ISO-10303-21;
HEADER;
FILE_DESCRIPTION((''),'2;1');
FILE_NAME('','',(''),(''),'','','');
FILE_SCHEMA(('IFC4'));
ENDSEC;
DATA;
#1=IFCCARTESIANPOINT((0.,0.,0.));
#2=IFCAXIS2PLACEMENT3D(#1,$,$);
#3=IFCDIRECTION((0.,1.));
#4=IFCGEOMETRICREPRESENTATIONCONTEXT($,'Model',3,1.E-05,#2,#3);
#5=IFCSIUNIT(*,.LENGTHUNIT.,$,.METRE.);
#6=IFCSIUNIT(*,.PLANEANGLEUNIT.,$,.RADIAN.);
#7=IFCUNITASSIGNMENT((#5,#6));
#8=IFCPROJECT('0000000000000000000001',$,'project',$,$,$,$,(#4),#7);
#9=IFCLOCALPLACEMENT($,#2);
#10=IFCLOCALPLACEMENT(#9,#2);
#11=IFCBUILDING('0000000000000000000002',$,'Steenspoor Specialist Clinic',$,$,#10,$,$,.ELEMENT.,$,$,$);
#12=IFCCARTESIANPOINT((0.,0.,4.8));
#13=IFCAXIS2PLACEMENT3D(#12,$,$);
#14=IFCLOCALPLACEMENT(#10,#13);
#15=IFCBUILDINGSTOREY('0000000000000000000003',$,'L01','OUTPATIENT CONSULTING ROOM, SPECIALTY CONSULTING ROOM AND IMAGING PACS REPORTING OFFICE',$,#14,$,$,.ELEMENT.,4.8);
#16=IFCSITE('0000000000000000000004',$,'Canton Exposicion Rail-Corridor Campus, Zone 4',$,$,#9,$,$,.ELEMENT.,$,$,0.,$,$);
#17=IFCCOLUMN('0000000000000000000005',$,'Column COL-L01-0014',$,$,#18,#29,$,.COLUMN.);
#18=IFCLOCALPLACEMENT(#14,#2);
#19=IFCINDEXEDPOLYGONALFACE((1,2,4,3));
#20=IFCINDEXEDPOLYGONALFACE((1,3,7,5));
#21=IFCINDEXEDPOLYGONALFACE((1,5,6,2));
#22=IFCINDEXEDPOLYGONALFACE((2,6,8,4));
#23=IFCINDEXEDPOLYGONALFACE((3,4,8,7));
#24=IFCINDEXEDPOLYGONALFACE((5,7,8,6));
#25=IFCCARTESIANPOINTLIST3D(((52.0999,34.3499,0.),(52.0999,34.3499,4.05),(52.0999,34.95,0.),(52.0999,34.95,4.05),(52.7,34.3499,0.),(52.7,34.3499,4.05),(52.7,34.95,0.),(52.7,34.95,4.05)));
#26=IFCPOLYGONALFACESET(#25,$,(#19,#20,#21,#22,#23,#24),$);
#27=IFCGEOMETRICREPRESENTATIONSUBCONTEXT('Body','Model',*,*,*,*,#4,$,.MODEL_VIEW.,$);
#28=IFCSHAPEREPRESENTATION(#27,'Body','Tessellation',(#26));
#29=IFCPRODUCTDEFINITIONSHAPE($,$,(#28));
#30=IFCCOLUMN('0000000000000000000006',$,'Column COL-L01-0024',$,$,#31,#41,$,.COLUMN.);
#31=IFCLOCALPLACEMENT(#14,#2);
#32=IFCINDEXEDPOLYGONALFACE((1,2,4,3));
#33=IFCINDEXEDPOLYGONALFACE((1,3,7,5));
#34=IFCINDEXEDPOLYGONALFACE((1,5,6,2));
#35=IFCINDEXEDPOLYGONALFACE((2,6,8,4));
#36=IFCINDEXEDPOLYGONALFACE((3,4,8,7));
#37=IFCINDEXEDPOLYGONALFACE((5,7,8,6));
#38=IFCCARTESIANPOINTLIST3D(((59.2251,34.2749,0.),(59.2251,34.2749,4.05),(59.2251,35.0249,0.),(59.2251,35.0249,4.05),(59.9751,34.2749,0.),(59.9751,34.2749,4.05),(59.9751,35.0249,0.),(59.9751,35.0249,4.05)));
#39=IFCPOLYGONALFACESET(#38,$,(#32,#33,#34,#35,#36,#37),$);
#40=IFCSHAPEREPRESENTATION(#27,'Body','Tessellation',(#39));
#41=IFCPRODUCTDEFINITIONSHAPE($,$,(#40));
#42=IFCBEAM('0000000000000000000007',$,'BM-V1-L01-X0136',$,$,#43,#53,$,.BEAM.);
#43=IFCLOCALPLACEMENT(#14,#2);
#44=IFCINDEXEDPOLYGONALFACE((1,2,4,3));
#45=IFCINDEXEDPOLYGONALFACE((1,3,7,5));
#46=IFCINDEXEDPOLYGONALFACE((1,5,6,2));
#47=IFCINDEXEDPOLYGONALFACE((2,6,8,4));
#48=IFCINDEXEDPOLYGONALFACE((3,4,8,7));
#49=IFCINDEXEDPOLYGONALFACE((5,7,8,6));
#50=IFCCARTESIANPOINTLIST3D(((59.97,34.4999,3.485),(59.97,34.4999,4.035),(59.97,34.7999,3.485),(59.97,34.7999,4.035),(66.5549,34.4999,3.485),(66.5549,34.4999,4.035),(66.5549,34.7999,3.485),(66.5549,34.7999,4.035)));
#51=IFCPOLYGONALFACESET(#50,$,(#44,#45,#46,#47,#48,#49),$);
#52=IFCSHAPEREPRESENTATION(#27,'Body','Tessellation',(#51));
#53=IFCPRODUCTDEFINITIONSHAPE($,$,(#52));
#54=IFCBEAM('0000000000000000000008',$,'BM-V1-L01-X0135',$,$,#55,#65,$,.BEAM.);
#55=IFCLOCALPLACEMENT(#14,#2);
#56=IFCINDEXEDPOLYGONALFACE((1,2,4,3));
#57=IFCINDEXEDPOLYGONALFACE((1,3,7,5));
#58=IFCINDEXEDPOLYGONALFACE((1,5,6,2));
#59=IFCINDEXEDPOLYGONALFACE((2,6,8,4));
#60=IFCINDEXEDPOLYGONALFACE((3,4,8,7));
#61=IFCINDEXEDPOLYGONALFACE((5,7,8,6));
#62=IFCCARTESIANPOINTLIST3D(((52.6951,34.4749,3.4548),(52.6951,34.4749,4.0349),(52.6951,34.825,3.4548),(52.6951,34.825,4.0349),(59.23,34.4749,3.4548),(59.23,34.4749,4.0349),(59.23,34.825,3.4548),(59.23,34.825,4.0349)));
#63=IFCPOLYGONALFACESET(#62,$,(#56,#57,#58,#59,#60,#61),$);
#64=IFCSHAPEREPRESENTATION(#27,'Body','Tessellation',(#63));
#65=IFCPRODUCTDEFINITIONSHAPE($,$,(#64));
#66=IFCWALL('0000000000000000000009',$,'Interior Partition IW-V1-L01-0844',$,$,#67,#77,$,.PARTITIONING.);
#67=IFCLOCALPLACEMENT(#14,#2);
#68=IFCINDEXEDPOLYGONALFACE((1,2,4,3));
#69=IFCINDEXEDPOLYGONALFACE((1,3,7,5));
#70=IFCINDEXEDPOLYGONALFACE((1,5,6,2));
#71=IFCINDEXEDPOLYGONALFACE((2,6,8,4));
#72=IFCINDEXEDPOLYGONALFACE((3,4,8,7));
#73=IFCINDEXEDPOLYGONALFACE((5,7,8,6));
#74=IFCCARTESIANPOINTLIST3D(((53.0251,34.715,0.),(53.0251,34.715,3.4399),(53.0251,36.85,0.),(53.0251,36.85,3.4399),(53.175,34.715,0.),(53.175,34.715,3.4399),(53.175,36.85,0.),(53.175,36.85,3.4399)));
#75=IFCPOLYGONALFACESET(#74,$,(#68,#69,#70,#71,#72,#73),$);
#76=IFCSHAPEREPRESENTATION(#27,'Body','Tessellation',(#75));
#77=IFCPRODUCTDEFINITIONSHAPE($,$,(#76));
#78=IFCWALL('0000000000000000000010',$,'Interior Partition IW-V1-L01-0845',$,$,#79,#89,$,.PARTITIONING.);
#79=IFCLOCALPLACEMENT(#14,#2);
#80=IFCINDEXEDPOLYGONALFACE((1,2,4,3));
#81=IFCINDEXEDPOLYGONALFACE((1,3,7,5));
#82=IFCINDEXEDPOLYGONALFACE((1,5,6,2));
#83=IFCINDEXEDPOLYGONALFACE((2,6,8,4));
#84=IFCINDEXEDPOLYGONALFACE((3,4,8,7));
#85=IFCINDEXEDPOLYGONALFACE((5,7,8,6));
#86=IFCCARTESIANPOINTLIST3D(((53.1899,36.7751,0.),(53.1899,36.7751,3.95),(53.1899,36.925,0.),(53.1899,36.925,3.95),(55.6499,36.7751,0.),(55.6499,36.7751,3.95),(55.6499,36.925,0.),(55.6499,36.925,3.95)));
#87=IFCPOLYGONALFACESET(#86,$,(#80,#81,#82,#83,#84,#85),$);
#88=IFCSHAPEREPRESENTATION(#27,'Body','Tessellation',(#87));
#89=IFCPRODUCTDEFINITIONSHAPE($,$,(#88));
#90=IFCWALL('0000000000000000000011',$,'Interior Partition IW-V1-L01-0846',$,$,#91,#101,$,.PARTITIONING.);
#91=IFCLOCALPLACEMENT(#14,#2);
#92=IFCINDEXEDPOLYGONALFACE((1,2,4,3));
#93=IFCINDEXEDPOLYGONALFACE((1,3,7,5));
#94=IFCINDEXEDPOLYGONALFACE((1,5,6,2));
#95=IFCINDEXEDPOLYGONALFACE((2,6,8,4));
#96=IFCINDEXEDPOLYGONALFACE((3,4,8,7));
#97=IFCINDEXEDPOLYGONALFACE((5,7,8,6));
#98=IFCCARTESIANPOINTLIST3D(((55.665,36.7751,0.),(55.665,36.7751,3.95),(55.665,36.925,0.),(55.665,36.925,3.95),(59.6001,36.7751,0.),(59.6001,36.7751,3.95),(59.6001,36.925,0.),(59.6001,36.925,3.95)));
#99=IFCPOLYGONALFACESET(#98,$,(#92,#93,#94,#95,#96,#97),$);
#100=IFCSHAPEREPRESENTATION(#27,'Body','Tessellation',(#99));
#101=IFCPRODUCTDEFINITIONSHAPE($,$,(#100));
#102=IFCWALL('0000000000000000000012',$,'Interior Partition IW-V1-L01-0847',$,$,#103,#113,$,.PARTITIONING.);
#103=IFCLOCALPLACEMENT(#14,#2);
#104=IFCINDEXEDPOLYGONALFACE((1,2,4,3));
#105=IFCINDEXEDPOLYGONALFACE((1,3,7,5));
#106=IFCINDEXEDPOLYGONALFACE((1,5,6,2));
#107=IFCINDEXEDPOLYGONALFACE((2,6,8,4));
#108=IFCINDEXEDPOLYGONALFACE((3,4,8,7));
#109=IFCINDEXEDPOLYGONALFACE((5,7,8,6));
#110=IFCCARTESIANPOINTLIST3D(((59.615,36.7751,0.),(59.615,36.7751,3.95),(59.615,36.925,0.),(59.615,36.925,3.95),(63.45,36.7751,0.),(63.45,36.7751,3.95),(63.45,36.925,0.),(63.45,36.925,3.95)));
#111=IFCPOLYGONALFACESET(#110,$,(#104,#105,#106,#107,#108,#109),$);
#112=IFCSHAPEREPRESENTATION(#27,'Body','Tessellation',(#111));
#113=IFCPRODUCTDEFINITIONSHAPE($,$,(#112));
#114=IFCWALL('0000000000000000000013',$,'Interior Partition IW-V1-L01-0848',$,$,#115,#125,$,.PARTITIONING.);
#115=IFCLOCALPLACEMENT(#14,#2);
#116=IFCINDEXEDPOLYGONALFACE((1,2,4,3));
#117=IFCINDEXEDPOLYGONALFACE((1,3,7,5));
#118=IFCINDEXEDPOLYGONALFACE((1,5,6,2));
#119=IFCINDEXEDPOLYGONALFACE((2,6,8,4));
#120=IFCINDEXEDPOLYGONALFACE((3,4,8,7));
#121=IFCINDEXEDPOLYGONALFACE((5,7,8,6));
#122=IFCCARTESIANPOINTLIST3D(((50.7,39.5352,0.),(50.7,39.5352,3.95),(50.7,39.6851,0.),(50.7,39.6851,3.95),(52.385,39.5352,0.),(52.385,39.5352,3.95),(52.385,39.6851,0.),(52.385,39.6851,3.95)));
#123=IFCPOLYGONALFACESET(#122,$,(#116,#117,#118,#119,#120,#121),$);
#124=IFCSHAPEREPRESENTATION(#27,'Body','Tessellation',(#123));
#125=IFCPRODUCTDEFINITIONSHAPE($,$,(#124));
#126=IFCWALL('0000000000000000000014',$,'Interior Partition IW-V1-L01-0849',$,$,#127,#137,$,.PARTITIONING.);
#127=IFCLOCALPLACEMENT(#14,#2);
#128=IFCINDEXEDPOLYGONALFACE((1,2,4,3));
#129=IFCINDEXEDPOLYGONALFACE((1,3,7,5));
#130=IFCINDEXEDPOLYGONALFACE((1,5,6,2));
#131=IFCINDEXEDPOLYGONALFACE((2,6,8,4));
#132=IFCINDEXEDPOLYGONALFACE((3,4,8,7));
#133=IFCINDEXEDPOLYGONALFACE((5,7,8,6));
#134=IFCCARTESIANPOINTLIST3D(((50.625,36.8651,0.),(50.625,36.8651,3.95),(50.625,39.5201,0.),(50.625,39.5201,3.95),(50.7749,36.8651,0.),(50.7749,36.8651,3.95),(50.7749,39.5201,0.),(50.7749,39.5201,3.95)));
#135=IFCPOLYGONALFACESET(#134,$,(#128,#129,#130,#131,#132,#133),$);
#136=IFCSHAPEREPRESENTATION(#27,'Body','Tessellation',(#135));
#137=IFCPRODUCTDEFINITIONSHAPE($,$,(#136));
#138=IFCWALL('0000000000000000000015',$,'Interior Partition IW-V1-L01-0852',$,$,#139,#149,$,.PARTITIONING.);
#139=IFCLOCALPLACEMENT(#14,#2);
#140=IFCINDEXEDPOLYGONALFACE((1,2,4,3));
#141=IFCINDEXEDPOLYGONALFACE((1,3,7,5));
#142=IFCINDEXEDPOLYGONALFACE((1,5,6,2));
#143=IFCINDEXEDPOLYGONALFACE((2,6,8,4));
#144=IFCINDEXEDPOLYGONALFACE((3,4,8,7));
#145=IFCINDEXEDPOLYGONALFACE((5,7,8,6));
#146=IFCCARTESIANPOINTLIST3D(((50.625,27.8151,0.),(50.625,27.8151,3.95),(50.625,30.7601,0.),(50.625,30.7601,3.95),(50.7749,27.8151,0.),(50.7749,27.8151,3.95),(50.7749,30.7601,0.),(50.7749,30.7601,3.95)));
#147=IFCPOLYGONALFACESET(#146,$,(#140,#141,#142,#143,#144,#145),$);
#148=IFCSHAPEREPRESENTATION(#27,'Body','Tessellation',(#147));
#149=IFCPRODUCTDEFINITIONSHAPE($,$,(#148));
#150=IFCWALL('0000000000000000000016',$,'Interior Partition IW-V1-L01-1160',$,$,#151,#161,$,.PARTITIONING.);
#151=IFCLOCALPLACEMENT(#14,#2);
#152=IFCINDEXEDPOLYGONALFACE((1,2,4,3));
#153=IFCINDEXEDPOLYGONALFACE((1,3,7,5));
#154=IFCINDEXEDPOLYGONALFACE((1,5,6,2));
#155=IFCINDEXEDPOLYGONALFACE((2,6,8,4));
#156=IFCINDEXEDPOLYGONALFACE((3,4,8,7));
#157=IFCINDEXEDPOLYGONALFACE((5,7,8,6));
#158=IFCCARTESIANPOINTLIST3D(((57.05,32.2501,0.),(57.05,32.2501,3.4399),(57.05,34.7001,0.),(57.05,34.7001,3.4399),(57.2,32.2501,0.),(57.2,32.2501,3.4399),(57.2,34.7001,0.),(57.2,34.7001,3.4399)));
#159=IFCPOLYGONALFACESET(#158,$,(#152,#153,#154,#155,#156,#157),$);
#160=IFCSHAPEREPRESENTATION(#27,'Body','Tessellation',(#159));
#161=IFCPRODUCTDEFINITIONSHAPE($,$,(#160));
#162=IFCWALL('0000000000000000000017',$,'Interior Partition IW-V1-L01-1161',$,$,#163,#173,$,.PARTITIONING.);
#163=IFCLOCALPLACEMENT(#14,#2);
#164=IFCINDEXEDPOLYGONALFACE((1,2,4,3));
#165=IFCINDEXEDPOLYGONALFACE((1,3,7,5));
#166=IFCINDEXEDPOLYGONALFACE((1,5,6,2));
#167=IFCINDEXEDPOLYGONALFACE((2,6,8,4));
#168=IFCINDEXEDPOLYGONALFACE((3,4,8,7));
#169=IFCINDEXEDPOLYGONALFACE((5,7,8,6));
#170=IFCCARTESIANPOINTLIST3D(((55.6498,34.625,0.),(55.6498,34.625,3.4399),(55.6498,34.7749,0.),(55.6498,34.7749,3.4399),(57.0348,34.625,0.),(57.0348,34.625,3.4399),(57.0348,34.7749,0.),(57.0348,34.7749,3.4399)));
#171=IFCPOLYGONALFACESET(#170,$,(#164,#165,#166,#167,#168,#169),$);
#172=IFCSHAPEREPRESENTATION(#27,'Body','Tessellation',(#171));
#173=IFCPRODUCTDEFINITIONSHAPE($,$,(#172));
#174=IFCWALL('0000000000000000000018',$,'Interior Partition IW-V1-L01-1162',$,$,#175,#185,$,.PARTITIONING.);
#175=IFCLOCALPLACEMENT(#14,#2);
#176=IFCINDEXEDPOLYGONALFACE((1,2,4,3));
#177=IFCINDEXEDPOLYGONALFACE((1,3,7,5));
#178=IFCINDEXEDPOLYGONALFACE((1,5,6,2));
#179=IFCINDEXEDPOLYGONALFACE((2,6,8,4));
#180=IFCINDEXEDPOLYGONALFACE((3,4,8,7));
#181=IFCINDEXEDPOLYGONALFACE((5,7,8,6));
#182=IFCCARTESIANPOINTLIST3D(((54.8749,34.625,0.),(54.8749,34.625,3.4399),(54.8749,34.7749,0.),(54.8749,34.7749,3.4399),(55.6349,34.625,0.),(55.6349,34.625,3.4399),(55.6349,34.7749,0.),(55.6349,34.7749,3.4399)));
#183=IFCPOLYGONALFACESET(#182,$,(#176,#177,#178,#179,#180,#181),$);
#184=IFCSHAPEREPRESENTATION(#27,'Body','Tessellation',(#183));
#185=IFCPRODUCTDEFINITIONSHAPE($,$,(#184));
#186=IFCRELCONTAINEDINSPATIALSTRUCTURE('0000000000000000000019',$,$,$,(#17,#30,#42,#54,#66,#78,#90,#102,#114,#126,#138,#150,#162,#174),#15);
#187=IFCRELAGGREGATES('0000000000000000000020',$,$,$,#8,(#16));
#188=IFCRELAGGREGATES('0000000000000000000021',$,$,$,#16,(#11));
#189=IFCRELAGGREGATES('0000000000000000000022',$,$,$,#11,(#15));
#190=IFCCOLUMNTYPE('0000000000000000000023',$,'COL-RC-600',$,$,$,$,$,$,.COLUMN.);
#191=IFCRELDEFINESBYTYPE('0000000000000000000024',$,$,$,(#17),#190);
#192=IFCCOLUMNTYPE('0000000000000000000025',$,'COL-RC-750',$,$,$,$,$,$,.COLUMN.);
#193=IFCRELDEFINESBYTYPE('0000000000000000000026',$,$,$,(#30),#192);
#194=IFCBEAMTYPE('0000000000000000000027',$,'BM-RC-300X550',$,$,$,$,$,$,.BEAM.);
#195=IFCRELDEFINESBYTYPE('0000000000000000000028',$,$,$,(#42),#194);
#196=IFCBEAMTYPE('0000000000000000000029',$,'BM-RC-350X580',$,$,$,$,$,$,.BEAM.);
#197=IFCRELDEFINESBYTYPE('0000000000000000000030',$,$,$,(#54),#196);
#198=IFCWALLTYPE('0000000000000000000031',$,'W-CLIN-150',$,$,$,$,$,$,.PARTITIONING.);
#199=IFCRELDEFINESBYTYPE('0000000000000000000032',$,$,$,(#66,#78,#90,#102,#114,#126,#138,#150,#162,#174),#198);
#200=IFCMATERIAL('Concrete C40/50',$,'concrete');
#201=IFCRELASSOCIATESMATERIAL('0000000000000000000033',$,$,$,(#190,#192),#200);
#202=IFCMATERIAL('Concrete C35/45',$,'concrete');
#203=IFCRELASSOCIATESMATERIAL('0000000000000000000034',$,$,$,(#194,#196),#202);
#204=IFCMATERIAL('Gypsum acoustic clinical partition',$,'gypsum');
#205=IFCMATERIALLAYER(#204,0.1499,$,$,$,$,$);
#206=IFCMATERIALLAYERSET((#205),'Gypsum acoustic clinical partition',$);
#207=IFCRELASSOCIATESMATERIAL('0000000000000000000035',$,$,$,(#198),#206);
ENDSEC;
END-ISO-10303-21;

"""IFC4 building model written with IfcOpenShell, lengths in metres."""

from ifc_helpers import new_model, si_unit, direction, frame, frame_2d, origin, origin_2d, place, context, subcontext, project, spatial, rectangle, extrude, material, layer, layer_set, material_profile, profile_set, type_object, element, save


model = new_model("IFC4")

# Units and contexts
model_context = context("Model", 3, precision=1e-05, world=origin(), true_north=direction((0.0, 1.0)))
body_context = subcontext(model_context, "Body", "Model", "MODEL_VIEW")
ifc_project = project(units=[si_unit("LENGTHUNIT", "METRE"), si_unit("PLANEANGLEUNIT", "RADIAN")], contexts=[model_context])

# Site, building, storey
site_placement = place(None, origin())
site = spatial("IfcSite", under=ifc_project, at=site_placement, Name="Canton Exposicion Rail-Corridor Campus, Zone 4", CompositionType="ELEMENT", RefElevation=0.0)
building_placement = place(site_placement, origin())
building = spatial("IfcBuilding", under=site, at=building_placement, Name="Steenspoor Specialist Clinic", CompositionType="ELEMENT")
storey_placement = place(building_placement, frame((0.0, 0.0, 4.8)))
storey = spatial("IfcBuildingStorey", under=building, at=storey_placement, Name="L01", Description="OUTPATIENT CONSULTING ROOM, SPECIALTY CONSULTING ROOM AND IMAGING PACS REPORTING OFFICE", CompositionType="ELEMENT", Elevation=4.8)

# Columns
ifc_material_1 = material(Name="Concrete C40/50", Category="concrete")
ifc_material_profile_1 = material_profile(ifc_material_1, rectangle(XDim=0.6001, YDim=0.6001, at=origin_2d()), Name="RC-COL-600X600")
ifc_profile_set_1 = profile_set([ifc_material_profile_1], Name="Concrete C40/50")
column_type_1 = type_object("IfcColumnType", Name="COL-RC-600", PredefinedType="COLUMN", material=ifc_profile_set_1)
column_1_placement = place(storey_placement, frame((52.3999, 34.6499, 0.0), z_axis=(0.0, 0.0, 1.0), x_axis=(1.0, 0.0, 0.0)))
element("IfcColumn", 1, at=column_1_placement, inside=storey, type_object=column_type_1, Name="Column COL-L01-0014", PredefinedType="COLUMN", context=body_context, shape_type="SweptSolid", body=[
    extrude(rectangle(XDim=0.6001, YDim=0.6001, at=origin_2d()), origin(), (0.0, 0.0, 1.0), 4.05),
])
ifc_material_profile_2 = material_profile(ifc_material_1, rectangle(XDim=0.75, YDim=0.75, at=origin_2d()), Name="RC-COL-750X750")
ifc_profile_set_2 = profile_set([ifc_material_profile_2], Name="Concrete C40/50")
column_type_2 = type_object("IfcColumnType", Name="COL-RC-750", PredefinedType="COLUMN", material=ifc_profile_set_2)
column_2_placement = place(storey_placement, frame((59.6001, 34.6499, 0.0), z_axis=(0.0, 0.0, 1.0), x_axis=(1.0, 0.0, 0.0)))
element("IfcColumn", 2, at=column_2_placement, inside=storey, type_object=column_type_2, Name="Column COL-L01-0024", PredefinedType="COLUMN", context=body_context, shape_type="SweptSolid", body=[
    extrude(rectangle(XDim=0.75, YDim=0.75, at=origin_2d()), origin(), (0.0, 0.0, 1.0), 4.05),
])

# Beams
ifc_material_2 = material(Name="Concrete C35/45", Category="concrete")
ifc_material_profile_3 = material_profile(ifc_material_2, rectangle(XDim=0.3, YDim=0.55, at=origin_2d()), Name="RC-BM-300X550")
ifc_profile_set_3 = profile_set([ifc_material_profile_3], Name="Concrete C35/45")
beam_type_1 = type_object("IfcBeamType", Name="BM-RC-300X550", PredefinedType="BEAM", material=ifc_profile_set_3)
beam_1_placement = place(storey_placement, frame((59.97, 34.6499, 3.76), z_axis=(1.0, 0.0, 0.0), x_axis=(0.0, 1.0, 0.0)))
element("IfcBeam", 3, at=beam_1_placement, inside=storey, type_object=beam_type_1, Name="BM-V1-L01-X0136", PredefinedType="BEAM", context=body_context, shape_type="SweptSolid", body=[
    extrude(rectangle(XDim=0.3, YDim=0.55, at=origin_2d()), origin(), (0.0, 0.0, 1.0), 6.585),
])
ifc_material_profile_4 = material_profile(ifc_material_2, rectangle(XDim=0.3501, YDim=0.5801, at=origin_2d()), Name="RC-BM-350X580")
ifc_profile_set_4 = profile_set([ifc_material_profile_4], Name="Concrete C35/45")
beam_type_2 = type_object("IfcBeamType", Name="BM-RC-350X580", PredefinedType="BEAM", material=ifc_profile_set_4)
beam_2_placement = place(storey_placement, frame((52.6951, 34.6499, 3.7449), z_axis=(1.0, 0.0, 0.0), x_axis=(0.0, 1.0, 0.0)))
element("IfcBeam", 4, at=beam_2_placement, inside=storey, type_object=beam_type_2, Name="BM-V1-L01-X0135", PredefinedType="BEAM", context=body_context, shape_type="SweptSolid", body=[
    extrude(rectangle(XDim=0.3501, YDim=0.5801, at=origin_2d()), origin(), (0.0, 0.0, 1.0), 6.5349),
])

# Walls
ifc_material_3 = material(Name="Gypsum acoustic clinical partition", Category="gypsum")
ifc_layer_1 = layer(ifc_material_3, 0.1499)
ifc_layer_set_1 = layer_set([ifc_layer_1], Name="Gypsum acoustic clinical partition")
wall_type_1 = type_object("IfcWallType", Name="W-CLIN-150", PredefinedType="PARTITIONING", material=ifc_layer_set_1)
wall_1_placement = place(storey_placement, frame((53.1001, 34.7151, 0.0), z_axis=(0.0, 0.0, 1.0), x_axis=(0.0, 1.0, 0.0)))
element("IfcWall", 5, at=wall_1_placement, inside=storey, type_object=wall_type_1, Name="Interior Partition IW-V1-L01-0844", PredefinedType="PARTITIONING", context=body_context, shape_type="SweptSolid", body=[
    extrude(rectangle(XDim=2.135, YDim=0.1499, at=frame_2d((1.0674, 0.0))), origin(), (0.0, 0.0, 1.0), 3.4399),
])
wall_2_placement = place(storey_placement, frame((53.1899, 36.8501, 0.0), z_axis=(0.0, 0.0, 1.0), x_axis=(1.0, 0.0, 0.0)))
element("IfcWall", 6, at=wall_2_placement, inside=storey, type_object=wall_type_1, Name="Interior Partition IW-V1-L01-0845", PredefinedType="PARTITIONING", context=body_context, shape_type="SweptSolid", body=[
    extrude(rectangle(XDim=2.46, YDim=0.1499, at=frame_2d((1.23, 0.0))), origin(), (0.0, 0.0, 1.0), 3.95),
])
wall_3_placement = place(storey_placement, frame((55.665, 36.8501, 0.0), z_axis=(0.0, 0.0, 1.0), x_axis=(1.0, 0.0, 0.0)))
element("IfcWall", 7, at=wall_3_placement, inside=storey, type_object=wall_type_1, Name="Interior Partition IW-V1-L01-0846", PredefinedType="PARTITIONING", context=body_context, shape_type="SweptSolid", body=[
    extrude(rectangle(XDim=3.9351, YDim=0.1499, at=frame_2d((1.9675, 0.0))), origin(), (0.0, 0.0, 1.0), 3.95),
])
wall_4_placement = place(storey_placement, frame((59.615, 36.8501, 0.0), z_axis=(0.0, 0.0, 1.0), x_axis=(1.0, 0.0, 0.0)))
element("IfcWall", 8, at=wall_4_placement, inside=storey, type_object=wall_type_1, Name="Interior Partition IW-V1-L01-0847", PredefinedType="PARTITIONING", context=body_context, shape_type="SweptSolid", body=[
    extrude(rectangle(XDim=3.835, YDim=0.1499, at=frame_2d((1.9175, 0.0))), origin(), (0.0, 0.0, 1.0), 3.95),
])
wall_5_placement = place(storey_placement, frame((50.7, 39.6101, 0.0), z_axis=(0.0, 0.0, 1.0), x_axis=(1.0, 0.0, 0.0)))
element("IfcWall", 9, at=wall_5_placement, inside=storey, type_object=wall_type_1, Name="Interior Partition IW-V1-L01-0848", PredefinedType="PARTITIONING", context=body_context, shape_type="SweptSolid", body=[
    extrude(rectangle(XDim=1.6851, YDim=0.1499, at=frame_2d((0.8425, 0.0))), origin(), (0.0, 0.0, 1.0), 3.95),
])
wall_6_placement = place(storey_placement, frame((50.7, 36.865, 0.0), z_axis=(0.0, 0.0, 1.0), x_axis=(0.0, 1.0, 0.0)))
element("IfcWall", 10, at=wall_6_placement, inside=storey, type_object=wall_type_1, Name="Interior Partition IW-V1-L01-0849", PredefinedType="PARTITIONING", context=body_context, shape_type="SweptSolid", body=[
    extrude(rectangle(XDim=2.655, YDim=0.1499, at=frame_2d((1.3276, 0.0))), origin(), (0.0, 0.0, 1.0), 3.95),
])
wall_7_placement = place(storey_placement, frame((50.7, 27.8149, 0.0), z_axis=(0.0, 0.0, 1.0), x_axis=(0.0, 1.0, 0.0)))
element("IfcWall", 11, at=wall_7_placement, inside=storey, type_object=wall_type_1, Name="Interior Partition IW-V1-L01-0852", PredefinedType="PARTITIONING", context=body_context, shape_type="SweptSolid", body=[
    extrude(rectangle(XDim=2.9451, YDim=0.1499, at=frame_2d((1.4727, 0.0))), origin(), (0.0, 0.0, 1.0), 3.95),
])
wall_8_placement = place(storey_placement, frame((57.125, 32.25, 0.0), z_axis=(0.0, 0.0, 1.0), x_axis=(0.0, 1.0, 0.0)))
element("IfcWall", 12, at=wall_8_placement, inside=storey, type_object=wall_type_1, Name="Interior Partition IW-V1-L01-1160", PredefinedType="PARTITIONING", context=body_context, shape_type="SweptSolid", body=[
    extrude(rectangle(XDim=2.45, YDim=0.1499, at=frame_2d((1.2251, 0.0))), origin(), (0.0, 0.0, 1.0), 3.4399),
])
wall_9_placement = place(storey_placement, frame((55.6499, 34.7, 0.0), z_axis=(0.0, 0.0, 1.0), x_axis=(1.0, 0.0, 0.0)))
element("IfcWall", 13, at=wall_9_placement, inside=storey, type_object=wall_type_1, Name="Interior Partition IW-V1-L01-1161", PredefinedType="PARTITIONING", context=body_context, shape_type="SweptSolid", body=[
    extrude(rectangle(XDim=1.385, YDim=0.1499, at=frame_2d((0.6924, 0.0))), origin(), (0.0, 0.0, 1.0), 3.4399),
])
wall_10_placement = place(storey_placement, frame((54.875, 34.7, 0.0), z_axis=(0.0, 0.0, 1.0), x_axis=(1.0, 0.0, 0.0)))
element("IfcWall", 14, at=wall_10_placement, inside=storey, type_object=wall_type_1, Name="Interior Partition IW-V1-L01-1162", PredefinedType="PARTITIONING", context=body_context, shape_type="SweptSolid", body=[
    extrude(rectangle(XDim=0.76, YDim=0.1499, at=frame_2d((0.3799, 0.0))), origin(), (0.0, 0.0, 1.0), 3.4399),
])

save(model, "model.ifc")
